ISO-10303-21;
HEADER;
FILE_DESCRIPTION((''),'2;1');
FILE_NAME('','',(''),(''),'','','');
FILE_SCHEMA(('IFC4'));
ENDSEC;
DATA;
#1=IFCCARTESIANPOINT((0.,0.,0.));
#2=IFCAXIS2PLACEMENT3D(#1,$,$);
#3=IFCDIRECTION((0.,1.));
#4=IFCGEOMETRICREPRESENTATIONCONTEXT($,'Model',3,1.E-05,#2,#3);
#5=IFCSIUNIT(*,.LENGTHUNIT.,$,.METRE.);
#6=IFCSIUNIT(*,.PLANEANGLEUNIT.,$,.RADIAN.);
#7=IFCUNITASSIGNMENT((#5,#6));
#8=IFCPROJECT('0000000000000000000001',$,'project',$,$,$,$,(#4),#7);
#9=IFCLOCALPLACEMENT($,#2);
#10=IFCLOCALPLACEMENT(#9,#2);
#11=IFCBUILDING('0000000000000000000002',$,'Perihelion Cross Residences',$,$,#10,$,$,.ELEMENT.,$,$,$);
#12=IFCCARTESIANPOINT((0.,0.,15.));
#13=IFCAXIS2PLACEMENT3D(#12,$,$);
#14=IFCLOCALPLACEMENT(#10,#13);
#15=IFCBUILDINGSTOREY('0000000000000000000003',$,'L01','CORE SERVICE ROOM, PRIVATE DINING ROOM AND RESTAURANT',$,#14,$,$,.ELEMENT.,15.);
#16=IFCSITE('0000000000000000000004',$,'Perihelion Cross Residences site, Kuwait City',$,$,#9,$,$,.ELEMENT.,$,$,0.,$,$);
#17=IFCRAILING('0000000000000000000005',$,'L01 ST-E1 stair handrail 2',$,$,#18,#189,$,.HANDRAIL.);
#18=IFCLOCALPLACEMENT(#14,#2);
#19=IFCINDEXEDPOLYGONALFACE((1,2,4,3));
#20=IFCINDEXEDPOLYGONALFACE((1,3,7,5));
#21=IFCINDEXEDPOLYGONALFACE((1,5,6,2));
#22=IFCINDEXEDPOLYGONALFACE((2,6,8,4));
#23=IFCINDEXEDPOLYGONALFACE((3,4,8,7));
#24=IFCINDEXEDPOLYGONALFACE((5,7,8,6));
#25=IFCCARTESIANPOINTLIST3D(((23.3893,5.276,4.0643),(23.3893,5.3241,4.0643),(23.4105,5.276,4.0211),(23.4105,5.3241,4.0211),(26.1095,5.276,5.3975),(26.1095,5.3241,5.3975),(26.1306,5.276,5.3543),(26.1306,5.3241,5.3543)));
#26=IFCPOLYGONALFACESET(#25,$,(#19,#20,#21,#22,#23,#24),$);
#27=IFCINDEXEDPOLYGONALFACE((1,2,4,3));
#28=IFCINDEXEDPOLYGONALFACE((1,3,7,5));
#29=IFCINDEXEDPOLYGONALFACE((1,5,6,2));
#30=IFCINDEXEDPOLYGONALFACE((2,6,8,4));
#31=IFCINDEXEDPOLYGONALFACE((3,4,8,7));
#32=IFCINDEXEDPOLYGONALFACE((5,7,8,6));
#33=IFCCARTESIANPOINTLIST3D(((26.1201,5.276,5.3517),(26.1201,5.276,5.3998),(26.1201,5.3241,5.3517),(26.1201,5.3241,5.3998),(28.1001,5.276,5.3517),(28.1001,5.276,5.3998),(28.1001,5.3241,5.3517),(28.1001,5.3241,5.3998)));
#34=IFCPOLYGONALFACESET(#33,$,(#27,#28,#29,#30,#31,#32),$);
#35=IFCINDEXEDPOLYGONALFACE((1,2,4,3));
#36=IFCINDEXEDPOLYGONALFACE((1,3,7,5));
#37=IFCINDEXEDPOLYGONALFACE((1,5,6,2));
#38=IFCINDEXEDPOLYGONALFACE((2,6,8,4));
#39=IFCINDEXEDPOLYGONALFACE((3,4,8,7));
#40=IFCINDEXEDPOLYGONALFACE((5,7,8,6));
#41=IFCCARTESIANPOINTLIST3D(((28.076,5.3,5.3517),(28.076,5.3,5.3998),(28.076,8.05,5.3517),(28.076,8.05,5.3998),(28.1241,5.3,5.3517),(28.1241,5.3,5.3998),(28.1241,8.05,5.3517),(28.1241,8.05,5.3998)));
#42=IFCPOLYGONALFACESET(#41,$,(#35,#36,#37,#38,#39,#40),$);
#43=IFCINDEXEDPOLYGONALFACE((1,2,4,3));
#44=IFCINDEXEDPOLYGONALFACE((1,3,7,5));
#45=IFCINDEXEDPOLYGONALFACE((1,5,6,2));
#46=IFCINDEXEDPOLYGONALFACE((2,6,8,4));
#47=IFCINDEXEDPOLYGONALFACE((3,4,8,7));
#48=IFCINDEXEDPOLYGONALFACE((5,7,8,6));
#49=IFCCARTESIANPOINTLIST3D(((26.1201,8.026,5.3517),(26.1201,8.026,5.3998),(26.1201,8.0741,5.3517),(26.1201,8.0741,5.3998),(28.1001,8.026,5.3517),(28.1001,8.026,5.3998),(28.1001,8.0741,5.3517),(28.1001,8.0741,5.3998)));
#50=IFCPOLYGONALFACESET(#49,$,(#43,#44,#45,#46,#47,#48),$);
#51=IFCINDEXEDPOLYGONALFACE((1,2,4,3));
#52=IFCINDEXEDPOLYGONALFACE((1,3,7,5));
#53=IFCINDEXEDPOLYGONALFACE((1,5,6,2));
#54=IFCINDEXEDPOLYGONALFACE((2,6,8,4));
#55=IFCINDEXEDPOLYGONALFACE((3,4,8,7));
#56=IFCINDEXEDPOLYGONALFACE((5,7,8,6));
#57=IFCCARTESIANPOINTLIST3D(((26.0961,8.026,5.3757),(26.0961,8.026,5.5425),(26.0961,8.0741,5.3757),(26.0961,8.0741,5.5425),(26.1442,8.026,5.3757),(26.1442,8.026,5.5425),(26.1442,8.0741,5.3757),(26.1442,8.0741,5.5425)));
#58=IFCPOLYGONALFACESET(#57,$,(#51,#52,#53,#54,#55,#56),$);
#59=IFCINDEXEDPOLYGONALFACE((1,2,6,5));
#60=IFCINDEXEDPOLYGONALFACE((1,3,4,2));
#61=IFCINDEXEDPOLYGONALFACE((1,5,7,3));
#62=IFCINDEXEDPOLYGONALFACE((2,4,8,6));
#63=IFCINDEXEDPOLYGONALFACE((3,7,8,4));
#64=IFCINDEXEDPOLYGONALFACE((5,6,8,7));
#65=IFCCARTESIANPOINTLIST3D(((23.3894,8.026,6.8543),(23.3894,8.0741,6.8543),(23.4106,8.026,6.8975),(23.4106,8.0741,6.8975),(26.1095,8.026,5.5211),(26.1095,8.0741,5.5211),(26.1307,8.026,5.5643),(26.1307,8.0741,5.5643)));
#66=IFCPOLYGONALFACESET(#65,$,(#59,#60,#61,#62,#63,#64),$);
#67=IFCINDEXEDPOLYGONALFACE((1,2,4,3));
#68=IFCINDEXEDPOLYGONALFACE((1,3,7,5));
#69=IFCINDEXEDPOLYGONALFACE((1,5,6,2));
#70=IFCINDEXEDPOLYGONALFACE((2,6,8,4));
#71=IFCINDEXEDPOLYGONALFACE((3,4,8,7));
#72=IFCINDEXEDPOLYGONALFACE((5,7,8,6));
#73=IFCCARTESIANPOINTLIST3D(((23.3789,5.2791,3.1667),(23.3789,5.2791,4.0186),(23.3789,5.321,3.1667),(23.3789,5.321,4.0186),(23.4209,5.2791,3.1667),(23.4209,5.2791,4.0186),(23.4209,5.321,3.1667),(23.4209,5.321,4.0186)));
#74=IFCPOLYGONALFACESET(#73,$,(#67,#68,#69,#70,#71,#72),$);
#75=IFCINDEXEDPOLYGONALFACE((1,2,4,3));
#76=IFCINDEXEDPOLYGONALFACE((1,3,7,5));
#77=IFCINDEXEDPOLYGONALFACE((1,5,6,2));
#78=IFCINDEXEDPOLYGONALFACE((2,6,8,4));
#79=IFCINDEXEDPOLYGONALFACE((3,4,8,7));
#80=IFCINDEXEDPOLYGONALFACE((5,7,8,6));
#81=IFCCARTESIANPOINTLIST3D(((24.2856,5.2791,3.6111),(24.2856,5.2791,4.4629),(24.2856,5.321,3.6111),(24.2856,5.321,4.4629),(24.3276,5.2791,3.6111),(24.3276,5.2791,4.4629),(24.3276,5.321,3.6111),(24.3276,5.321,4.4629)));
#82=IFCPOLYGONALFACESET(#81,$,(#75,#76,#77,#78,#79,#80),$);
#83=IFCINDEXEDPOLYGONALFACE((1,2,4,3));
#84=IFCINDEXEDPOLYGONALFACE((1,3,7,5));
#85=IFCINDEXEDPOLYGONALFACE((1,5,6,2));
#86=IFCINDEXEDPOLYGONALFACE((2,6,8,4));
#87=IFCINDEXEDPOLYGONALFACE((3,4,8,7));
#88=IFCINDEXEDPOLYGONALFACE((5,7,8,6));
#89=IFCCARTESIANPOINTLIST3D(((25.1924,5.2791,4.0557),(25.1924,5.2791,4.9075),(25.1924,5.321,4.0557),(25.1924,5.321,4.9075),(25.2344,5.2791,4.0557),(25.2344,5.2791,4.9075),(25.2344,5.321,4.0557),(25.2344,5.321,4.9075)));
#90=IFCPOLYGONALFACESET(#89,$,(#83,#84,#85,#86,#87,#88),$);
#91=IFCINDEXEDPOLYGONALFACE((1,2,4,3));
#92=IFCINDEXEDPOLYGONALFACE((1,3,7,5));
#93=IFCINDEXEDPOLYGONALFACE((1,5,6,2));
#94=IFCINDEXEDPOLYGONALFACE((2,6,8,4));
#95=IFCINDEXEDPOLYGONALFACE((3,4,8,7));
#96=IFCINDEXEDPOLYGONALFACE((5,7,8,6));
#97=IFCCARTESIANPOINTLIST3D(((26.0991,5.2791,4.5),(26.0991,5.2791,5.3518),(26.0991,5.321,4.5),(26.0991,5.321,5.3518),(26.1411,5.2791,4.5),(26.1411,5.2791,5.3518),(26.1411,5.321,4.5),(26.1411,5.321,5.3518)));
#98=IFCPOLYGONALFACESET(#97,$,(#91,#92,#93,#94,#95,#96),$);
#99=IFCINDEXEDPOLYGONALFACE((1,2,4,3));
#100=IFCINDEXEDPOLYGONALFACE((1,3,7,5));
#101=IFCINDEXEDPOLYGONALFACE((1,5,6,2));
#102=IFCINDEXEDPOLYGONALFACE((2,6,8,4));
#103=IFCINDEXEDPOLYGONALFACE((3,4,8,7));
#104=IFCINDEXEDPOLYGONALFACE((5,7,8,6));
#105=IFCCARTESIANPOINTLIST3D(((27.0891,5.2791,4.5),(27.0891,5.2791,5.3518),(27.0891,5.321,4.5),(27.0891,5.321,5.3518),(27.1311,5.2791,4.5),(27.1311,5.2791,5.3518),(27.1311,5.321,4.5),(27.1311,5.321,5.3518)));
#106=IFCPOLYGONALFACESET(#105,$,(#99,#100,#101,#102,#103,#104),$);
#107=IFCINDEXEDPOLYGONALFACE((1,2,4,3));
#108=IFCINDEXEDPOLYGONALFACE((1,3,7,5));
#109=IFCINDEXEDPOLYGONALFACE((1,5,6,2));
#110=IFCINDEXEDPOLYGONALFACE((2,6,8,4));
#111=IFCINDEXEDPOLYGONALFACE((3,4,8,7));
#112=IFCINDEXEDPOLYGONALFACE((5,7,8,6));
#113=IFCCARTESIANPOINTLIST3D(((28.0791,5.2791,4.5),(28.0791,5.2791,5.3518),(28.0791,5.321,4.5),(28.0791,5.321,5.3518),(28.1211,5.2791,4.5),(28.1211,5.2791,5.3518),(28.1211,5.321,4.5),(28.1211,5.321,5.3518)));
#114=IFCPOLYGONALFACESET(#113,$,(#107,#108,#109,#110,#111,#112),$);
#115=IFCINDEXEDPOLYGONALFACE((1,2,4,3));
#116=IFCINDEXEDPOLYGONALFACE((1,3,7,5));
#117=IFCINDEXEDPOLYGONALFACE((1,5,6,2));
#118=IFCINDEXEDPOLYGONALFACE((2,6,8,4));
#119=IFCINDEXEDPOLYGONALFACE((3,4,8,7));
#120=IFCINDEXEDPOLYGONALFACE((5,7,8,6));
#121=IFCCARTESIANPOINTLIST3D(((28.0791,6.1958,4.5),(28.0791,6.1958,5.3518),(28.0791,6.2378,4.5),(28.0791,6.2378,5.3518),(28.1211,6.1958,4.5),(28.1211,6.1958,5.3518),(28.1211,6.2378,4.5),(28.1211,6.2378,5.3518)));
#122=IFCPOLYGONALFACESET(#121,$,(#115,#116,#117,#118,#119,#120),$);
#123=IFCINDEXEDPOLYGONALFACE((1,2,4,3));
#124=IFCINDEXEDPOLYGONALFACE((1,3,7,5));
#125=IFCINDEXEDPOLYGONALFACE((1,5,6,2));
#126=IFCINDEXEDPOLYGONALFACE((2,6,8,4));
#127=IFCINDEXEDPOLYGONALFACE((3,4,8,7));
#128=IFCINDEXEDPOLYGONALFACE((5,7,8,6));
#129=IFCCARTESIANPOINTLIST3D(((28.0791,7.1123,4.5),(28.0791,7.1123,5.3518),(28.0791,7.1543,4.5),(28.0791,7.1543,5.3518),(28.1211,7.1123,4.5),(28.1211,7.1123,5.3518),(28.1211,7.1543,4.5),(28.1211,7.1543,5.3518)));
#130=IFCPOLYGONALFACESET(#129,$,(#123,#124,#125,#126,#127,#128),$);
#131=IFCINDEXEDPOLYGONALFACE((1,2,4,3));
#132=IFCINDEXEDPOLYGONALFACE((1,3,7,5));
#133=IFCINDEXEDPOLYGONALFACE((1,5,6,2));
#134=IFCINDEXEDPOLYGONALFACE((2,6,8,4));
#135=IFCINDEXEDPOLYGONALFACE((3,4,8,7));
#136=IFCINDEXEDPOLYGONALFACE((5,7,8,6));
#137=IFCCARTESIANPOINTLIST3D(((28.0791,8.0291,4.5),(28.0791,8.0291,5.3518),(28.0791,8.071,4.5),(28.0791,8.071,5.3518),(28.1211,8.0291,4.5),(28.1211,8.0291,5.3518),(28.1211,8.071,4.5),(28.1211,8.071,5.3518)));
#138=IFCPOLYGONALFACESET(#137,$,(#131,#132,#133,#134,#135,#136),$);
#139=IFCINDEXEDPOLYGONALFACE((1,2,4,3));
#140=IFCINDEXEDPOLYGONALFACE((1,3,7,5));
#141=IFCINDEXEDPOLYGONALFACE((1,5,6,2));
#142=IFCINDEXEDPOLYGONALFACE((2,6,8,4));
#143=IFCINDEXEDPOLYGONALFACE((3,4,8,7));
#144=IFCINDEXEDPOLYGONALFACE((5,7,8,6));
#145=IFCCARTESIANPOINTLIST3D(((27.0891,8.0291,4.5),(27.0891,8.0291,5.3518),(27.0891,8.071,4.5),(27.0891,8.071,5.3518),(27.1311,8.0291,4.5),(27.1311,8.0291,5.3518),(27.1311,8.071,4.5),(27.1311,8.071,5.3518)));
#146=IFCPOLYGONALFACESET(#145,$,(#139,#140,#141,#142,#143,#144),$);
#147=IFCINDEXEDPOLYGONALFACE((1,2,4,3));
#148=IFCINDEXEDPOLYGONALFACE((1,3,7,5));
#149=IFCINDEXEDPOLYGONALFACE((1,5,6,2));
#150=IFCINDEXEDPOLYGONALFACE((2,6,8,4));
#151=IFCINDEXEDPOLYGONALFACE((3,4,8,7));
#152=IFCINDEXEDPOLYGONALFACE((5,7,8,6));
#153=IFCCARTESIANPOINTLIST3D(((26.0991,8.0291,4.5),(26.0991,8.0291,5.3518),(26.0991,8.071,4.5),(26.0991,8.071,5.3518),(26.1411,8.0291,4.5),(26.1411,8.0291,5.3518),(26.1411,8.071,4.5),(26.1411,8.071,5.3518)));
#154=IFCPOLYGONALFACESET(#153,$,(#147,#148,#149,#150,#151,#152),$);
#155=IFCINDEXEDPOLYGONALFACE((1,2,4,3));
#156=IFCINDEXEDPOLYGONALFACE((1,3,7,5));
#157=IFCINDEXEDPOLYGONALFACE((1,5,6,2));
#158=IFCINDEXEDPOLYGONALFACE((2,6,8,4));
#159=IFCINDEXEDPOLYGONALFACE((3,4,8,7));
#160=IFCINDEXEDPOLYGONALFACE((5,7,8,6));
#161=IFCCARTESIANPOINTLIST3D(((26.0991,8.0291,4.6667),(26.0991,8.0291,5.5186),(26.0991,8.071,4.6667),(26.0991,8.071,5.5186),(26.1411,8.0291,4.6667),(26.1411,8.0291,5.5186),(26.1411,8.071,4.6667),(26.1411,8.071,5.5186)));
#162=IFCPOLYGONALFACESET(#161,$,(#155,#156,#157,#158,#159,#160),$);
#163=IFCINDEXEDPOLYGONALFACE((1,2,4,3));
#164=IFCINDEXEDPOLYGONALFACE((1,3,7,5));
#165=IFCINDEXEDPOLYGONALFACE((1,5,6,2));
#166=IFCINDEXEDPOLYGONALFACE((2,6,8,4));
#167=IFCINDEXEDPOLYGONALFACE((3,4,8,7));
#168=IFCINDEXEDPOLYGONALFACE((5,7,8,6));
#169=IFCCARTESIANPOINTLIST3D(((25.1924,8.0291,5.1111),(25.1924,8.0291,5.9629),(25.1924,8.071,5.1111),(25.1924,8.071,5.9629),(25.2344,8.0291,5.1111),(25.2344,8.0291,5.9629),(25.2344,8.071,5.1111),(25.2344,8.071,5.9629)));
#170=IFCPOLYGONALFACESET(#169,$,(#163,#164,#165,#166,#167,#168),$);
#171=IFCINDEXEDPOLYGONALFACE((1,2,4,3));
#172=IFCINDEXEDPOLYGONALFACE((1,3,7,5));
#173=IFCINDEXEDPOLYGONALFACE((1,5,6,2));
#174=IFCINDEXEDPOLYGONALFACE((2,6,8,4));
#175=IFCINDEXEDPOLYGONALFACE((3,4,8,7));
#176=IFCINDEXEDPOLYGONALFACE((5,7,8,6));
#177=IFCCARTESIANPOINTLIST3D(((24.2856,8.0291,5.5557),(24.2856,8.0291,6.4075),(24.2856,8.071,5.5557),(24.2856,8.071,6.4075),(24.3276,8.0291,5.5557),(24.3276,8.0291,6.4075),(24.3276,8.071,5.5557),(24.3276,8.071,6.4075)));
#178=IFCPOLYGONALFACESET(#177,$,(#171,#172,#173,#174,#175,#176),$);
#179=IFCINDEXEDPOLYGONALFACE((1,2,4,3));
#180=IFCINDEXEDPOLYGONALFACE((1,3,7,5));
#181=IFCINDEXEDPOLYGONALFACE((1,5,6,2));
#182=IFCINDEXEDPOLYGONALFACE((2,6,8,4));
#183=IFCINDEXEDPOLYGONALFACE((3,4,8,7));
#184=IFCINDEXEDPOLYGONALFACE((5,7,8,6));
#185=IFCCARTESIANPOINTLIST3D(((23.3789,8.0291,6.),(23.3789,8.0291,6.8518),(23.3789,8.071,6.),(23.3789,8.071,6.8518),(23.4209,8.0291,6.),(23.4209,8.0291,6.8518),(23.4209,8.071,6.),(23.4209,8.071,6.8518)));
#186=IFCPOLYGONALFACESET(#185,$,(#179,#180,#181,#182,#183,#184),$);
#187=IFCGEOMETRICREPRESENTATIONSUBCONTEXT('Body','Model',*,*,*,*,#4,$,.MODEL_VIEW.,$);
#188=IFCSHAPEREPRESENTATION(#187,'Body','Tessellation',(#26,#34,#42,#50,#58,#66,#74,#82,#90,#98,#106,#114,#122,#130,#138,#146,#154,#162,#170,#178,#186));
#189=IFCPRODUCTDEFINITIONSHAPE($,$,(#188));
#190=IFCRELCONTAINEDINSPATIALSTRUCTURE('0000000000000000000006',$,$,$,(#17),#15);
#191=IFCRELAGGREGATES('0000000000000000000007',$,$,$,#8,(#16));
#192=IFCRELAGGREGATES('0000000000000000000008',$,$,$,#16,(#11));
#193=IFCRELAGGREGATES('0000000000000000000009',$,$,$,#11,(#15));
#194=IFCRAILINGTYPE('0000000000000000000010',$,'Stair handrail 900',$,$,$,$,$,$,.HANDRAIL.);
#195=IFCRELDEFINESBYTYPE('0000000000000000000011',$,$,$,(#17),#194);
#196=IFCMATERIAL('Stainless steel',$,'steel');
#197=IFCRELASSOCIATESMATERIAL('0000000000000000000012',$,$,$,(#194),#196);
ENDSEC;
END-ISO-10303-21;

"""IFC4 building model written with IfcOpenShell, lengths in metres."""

from ifc_helpers import new_model, si_unit, direction, frame, origin, origin_2d, place, context, subcontext, project, spatial, rectangle, extrude, material, type_object, element, save


model = new_model("IFC4")

# Units and contexts
model_context = context("Model", 3, precision=1e-05, world=origin(), true_north=direction((0.0, 1.0)))
body_context = subcontext(model_context, "Body", "Model", "MODEL_VIEW")
ifc_project = project(units=[si_unit("LENGTHUNIT", "METRE"), si_unit("PLANEANGLEUNIT", "RADIAN")], contexts=[model_context])

# Site, building, storey
site_placement = place(None, origin())
site = spatial("IfcSite", under=ifc_project, at=site_placement, Name="Perihelion Cross Residences site, Kuwait City", CompositionType="ELEMENT", RefElevation=0.0)
building_placement = place(site_placement, origin())
building = spatial("IfcBuilding", under=site, at=building_placement, Name="Perihelion Cross Residences", CompositionType="ELEMENT")
storey_placement = place(building_placement, frame((0.0, 0.0, 15.0)))
storey = spatial("IfcBuildingStorey", under=building, at=storey_placement, Name="L01", Description="CORE SERVICE ROOM, PRIVATE DINING ROOM AND RESTAURANT", CompositionType="ELEMENT", Elevation=15.0)

# Railing
ifc_material_1 = material(Name="Stainless steel", Category="steel")
railing_type = type_object("IfcRailingType", Name="Stair handrail 900", PredefinedType="HANDRAIL", material=ifc_material_1)
railing_placement = place(storey_placement, frame((23.3999, 5.3, 3.1667)))
element("IfcRailing", 1, at=railing_placement, inside=storey, type_object=railing_type, Name="L01 ST-E1 stair handrail 2", PredefinedType="HANDRAIL", context=body_context, shape_type="SweptSolid", body=[
    extrude(rectangle(XDim=0.0481, YDim=0.0481, at=origin_2d()), frame((0.0, 0.0, 0.876), z_axis=(0.897945, 0.0, 0.440108), x_axis=(0.0, 1.0, 0.0)), (0.0, 0.0, 1.0), 3.0293),
    extrude(rectangle(XDim=0.0481, YDim=0.0481, at=origin_2d()), frame((2.7202, 0.0, 2.209), z_axis=(1.0, 0.0, 0.0), x_axis=(0.0, 1.0, 0.0)), (0.0, 0.0, 1.0), 1.98),
    extrude(rectangle(XDim=0.0481, YDim=0.0481, at=origin_2d()), frame((4.7002, 0.0, 2.209), z_axis=(0.0, 1.0, 0.0), x_axis=(-1.0, 0.0, 0.0)), (0.0, 0.0, 1.0), 2.75),
    extrude(rectangle(XDim=0.0481, YDim=0.0481, at=origin_2d()), frame((4.7002, 2.75, 2.209), z_axis=(-1.0, 0.0, 0.0), x_axis=(0.0, -1.0, 0.0)), (0.0, 0.0, 1.0), 1.98),
    extrude(rectangle(XDim=0.0481, YDim=0.0481, at=origin_2d()), frame((2.7202, 2.75, 2.209), z_axis=(0.0, 0.0, 1.0), x_axis=(1.0, 0.0, 0.0)), (0.0, 0.0, 1.0), 0.1667),
    extrude(rectangle(XDim=0.0481, YDim=0.0481, at=origin_2d()), frame((2.7202, 2.75, 2.376), z_axis=(-0.897945, 0.0, 0.440108), x_axis=(0.0, -1.0, 0.0)), (0.0, 0.0, 1.0), 3.0293),
    extrude(rectangle(XDim=0.042, YDim=0.042, at=origin_2d()), origin(), (0.0, 0.0, 1.0), 0.8518),
    extrude(rectangle(XDim=0.042, YDim=0.042, at=origin_2d()), frame((0.9067, 0.0, 0.4443)), (0.0, 0.0, 1.0), 0.8518),
    extrude(rectangle(XDim=0.042, YDim=0.042, at=origin_2d()), frame((1.8135, 0.0, 0.8889)), (0.0, 0.0, 1.0), 0.8518),
    extrude(rectangle(XDim=0.042, YDim=0.042, at=origin_2d()), frame((2.7202, 0.0, 1.3333)), (0.0, 0.0, 1.0), 0.8518),
    extrude(rectangle(XDim=0.042, YDim=0.042, at=origin_2d()), frame((3.7102, 0.0, 1.3333)), (0.0, 0.0, 1.0), 0.8518),
    extrude(rectangle(XDim=0.042, YDim=0.042, at=origin_2d()), frame((4.7002, 0.0, 1.3333)), (0.0, 0.0, 1.0), 0.8518),
    extrude(rectangle(XDim=0.042, YDim=0.042, at=origin_2d()), frame((4.7002, 0.9167, 1.3333)), (0.0, 0.0, 1.0), 0.8518),
    extrude(rectangle(XDim=0.042, YDim=0.042, at=origin_2d()), frame((4.7002, 1.8333, 1.3333)), (0.0, 0.0, 1.0), 0.8518),
    extrude(rectangle(XDim=0.042, YDim=0.042, at=origin_2d()), frame((4.7002, 2.75, 1.3333)), (0.0, 0.0, 1.0), 0.8518),
    extrude(rectangle(XDim=0.042, YDim=0.042, at=origin_2d()), frame((3.7102, 2.75, 1.3333)), (0.0, 0.0, 1.0), 0.8518),
    extrude(rectangle(XDim=0.042, YDim=0.042, at=origin_2d()), frame((2.7202, 2.75, 1.3333)), (0.0, 0.0, 1.0), 0.8518),
    extrude(rectangle(XDim=0.042, YDim=0.042, at=origin_2d()), frame((2.7202, 2.75, 1.5)), (0.0, 0.0, 1.0), 0.8518),
    extrude(rectangle(XDim=0.042, YDim=0.042, at=origin_2d()), frame((1.8135, 2.75, 1.9443)), (0.0, 0.0, 1.0), 0.8518),
    extrude(rectangle(XDim=0.042, YDim=0.042, at=origin_2d()), frame((0.9067, 2.75, 2.3889)), (0.0, 0.0, 1.0), 0.8518),
    extrude(rectangle(XDim=0.042, YDim=0.042, at=origin_2d()), frame((0.0, 2.75, 2.8333)), (0.0, 0.0, 1.0), 0.8518),
])

save(model, "model.ifc")
